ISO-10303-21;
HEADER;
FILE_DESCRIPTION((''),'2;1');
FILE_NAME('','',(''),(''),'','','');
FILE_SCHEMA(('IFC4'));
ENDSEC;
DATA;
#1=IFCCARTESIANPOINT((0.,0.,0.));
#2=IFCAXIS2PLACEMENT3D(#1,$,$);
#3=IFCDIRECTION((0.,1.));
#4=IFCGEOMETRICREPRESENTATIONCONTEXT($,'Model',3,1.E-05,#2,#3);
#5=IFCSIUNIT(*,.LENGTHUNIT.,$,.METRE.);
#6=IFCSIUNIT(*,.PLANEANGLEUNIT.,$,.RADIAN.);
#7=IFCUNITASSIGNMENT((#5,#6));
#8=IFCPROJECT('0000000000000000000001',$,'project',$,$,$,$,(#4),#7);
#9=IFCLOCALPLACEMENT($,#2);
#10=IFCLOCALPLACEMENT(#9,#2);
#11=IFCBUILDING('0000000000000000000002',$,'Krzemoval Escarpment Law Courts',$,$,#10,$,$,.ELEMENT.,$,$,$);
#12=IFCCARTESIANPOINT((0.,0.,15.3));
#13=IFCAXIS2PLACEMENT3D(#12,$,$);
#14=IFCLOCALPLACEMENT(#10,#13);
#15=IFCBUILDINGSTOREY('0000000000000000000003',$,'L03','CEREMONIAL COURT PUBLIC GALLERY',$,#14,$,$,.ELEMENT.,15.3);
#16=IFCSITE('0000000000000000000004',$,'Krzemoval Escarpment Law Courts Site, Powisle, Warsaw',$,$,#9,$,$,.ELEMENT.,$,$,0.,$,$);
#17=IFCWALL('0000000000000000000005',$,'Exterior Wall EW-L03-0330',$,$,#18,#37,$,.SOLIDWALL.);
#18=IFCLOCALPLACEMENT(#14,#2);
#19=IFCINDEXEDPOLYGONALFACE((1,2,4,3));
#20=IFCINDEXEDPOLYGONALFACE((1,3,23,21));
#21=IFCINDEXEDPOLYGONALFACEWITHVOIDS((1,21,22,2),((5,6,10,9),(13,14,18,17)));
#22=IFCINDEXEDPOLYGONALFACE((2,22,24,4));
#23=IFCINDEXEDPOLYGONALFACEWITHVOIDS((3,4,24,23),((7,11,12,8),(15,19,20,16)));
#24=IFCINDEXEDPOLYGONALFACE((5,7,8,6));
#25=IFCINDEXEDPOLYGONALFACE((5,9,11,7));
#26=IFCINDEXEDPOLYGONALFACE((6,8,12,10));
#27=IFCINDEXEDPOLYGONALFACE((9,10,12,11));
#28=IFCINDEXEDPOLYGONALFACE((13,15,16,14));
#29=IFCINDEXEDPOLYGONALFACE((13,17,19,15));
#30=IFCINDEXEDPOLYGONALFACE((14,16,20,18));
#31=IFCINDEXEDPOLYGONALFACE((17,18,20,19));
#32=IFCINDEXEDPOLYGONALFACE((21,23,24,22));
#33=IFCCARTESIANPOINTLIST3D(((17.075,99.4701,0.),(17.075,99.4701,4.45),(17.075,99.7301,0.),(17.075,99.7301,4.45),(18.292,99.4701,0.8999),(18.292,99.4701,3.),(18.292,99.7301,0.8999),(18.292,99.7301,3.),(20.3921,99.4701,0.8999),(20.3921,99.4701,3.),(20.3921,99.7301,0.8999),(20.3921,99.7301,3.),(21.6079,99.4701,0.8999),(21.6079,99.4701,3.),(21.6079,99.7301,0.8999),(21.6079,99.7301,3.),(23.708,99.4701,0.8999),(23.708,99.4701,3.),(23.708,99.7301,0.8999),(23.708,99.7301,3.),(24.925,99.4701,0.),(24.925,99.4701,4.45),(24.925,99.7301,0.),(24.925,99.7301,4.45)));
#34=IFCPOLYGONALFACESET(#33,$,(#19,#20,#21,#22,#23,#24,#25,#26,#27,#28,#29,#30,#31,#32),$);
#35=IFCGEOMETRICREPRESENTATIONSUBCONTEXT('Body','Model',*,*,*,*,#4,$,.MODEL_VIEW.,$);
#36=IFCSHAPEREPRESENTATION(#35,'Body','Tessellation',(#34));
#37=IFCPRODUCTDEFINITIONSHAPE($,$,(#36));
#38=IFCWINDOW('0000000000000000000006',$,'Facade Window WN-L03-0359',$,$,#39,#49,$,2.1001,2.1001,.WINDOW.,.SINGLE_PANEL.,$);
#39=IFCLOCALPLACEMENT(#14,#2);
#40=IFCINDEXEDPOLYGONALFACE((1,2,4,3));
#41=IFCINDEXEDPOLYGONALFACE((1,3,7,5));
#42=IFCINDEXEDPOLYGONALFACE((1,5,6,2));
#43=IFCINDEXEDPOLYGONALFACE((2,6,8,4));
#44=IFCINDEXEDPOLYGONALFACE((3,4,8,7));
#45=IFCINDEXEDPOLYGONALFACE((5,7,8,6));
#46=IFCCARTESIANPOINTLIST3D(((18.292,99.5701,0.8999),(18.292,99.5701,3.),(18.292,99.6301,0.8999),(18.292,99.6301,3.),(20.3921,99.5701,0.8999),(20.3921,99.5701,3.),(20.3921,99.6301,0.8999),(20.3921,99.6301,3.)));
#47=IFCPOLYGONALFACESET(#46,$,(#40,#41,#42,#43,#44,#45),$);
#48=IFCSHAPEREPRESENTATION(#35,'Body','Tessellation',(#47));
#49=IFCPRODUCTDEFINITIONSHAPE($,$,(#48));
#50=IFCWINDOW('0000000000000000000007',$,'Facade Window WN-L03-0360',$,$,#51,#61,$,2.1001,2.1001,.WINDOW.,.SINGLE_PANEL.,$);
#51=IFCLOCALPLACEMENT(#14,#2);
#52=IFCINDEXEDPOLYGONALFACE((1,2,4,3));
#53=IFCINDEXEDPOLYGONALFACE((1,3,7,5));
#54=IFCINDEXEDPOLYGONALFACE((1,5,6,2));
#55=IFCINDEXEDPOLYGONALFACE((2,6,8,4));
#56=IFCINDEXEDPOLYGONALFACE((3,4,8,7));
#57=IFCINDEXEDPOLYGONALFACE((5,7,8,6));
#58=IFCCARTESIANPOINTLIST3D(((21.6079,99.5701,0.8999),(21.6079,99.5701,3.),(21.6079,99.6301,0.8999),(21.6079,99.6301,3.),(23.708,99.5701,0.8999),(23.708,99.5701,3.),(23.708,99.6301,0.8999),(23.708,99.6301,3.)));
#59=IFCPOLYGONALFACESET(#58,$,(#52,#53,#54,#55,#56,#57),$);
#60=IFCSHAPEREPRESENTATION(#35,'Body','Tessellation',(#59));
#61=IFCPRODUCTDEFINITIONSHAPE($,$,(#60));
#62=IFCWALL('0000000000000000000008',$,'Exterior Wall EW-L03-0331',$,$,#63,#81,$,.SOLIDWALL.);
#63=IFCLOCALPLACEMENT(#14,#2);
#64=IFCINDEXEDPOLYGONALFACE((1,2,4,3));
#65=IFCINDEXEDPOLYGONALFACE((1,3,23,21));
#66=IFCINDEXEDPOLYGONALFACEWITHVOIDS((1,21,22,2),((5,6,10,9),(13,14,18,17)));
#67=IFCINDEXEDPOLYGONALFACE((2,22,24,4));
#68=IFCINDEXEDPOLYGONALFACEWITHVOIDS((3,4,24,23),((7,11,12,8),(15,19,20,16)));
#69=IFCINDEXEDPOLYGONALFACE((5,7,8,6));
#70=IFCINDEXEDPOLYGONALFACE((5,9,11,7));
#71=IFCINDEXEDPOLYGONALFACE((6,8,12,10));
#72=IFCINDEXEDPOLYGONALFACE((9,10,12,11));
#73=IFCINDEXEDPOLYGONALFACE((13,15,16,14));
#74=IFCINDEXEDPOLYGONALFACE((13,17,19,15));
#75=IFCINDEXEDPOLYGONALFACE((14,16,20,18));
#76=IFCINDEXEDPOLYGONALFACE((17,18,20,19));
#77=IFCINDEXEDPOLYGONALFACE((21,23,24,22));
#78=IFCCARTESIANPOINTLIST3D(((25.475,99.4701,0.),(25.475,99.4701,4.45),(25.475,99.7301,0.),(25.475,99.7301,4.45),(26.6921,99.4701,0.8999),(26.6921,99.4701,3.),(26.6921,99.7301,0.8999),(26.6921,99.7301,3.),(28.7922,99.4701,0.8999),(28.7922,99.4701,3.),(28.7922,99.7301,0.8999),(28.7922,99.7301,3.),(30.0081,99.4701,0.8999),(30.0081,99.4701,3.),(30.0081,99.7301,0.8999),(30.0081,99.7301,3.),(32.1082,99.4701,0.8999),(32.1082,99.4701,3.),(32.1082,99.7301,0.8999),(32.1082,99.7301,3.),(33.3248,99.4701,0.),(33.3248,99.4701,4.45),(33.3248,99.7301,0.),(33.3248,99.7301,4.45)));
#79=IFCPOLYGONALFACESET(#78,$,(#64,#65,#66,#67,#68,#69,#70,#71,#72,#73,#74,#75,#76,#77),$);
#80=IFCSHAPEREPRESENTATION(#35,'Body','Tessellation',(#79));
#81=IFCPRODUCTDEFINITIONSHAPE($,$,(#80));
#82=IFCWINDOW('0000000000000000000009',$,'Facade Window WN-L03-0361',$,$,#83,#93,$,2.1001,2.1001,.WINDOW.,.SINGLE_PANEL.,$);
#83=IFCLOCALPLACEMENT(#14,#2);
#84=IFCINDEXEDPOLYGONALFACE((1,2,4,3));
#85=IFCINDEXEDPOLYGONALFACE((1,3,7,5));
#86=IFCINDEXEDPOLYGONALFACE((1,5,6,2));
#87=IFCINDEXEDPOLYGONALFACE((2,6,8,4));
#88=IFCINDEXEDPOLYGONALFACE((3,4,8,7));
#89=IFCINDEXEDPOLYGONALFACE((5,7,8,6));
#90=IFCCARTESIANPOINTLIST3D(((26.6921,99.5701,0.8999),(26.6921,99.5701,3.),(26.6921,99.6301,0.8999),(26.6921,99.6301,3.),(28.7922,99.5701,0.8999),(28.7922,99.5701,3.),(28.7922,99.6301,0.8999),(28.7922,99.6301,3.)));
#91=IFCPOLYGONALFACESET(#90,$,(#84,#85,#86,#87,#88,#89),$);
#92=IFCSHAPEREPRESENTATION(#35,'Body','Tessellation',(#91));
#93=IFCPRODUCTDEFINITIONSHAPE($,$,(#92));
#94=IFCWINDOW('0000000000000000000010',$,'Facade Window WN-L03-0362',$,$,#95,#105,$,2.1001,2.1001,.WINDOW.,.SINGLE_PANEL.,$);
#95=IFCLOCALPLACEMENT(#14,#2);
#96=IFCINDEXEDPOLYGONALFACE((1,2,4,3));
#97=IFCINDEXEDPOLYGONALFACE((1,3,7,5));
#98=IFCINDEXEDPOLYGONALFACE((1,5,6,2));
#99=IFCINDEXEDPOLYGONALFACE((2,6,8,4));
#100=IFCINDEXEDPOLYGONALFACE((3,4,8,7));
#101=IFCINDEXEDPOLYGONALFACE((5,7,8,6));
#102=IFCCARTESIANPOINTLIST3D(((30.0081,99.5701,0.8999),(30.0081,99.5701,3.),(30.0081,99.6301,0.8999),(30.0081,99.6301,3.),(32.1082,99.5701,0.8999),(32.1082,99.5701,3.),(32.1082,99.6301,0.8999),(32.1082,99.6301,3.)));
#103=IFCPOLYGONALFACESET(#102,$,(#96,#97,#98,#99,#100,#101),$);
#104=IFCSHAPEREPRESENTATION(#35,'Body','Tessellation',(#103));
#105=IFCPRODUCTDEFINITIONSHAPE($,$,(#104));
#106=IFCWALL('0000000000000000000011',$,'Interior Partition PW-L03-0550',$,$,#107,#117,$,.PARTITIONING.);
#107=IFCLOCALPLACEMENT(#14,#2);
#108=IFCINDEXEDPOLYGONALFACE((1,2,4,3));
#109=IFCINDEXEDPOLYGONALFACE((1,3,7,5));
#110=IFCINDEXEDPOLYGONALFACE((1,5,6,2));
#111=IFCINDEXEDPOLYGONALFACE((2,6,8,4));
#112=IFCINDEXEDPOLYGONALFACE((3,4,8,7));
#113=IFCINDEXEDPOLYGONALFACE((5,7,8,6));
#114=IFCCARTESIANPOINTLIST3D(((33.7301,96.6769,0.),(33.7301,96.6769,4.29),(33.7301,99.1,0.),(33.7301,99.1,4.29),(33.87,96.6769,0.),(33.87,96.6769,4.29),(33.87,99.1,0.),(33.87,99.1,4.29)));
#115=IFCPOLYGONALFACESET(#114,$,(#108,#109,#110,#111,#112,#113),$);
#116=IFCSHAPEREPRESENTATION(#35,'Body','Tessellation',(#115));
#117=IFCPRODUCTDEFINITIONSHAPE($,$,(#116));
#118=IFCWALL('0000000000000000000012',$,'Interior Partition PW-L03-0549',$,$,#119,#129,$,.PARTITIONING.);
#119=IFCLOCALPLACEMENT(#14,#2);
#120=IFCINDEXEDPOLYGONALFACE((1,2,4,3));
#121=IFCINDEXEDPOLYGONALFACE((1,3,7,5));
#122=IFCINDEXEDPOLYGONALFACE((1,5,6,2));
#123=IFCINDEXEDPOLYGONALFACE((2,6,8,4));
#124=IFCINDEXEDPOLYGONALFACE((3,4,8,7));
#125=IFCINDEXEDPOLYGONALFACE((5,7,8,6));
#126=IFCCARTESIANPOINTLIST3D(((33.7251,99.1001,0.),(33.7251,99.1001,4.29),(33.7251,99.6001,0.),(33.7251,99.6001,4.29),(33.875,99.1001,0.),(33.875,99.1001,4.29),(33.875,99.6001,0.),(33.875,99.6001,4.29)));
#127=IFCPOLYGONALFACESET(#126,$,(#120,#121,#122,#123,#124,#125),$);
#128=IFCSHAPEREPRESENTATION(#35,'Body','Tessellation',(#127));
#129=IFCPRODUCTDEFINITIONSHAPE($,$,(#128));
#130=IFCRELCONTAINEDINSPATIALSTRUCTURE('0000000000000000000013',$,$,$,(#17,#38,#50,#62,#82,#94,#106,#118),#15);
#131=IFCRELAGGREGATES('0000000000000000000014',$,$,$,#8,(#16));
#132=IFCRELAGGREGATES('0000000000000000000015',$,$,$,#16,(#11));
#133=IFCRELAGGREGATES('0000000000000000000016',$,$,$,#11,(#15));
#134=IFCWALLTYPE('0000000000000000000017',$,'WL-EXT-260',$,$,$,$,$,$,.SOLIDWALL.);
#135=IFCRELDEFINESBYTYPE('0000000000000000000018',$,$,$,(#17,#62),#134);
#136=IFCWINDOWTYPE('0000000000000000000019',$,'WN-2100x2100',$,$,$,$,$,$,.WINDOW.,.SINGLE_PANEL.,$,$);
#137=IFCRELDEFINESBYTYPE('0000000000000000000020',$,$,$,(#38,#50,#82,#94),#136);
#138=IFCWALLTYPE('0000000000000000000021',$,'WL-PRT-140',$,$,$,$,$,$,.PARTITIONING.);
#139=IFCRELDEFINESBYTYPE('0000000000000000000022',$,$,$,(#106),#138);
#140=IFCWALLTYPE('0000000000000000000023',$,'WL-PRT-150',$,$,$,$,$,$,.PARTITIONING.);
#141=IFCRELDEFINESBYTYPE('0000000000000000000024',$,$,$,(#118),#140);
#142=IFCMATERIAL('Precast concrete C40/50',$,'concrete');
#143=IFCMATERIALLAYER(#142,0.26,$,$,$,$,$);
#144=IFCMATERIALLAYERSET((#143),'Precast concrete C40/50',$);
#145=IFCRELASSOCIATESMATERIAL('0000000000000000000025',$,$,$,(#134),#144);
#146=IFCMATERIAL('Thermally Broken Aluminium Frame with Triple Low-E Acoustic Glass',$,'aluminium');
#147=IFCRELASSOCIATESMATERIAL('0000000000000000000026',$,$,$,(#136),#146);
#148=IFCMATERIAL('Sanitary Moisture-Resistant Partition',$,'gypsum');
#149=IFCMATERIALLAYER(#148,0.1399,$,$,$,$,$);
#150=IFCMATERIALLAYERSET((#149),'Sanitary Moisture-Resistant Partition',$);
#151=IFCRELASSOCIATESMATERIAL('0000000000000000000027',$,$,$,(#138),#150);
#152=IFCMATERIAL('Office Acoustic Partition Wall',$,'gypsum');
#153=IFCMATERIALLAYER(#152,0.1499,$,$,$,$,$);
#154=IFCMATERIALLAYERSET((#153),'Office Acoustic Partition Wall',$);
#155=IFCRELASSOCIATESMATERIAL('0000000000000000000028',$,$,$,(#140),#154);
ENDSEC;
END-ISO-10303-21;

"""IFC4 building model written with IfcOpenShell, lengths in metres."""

from ifc_helpers import new_model, si_unit, direction, frame, frame_2d, origin, place, context, subcontext, project, spatial, rectangle, extrude, material, layer, layer_set, type_object, element, fill, save


model = new_model("IFC4")

# Units and contexts
model_context = context("Model", 3, precision=1e-05, world=origin(), true_north=direction((0.0, 1.0)))
body_context = subcontext(model_context, "Body", "Model", "MODEL_VIEW")
ifc_project = project(units=[si_unit("LENGTHUNIT", "METRE"), si_unit("PLANEANGLEUNIT", "RADIAN")], contexts=[model_context])

# Site, building, storey
site_placement = place(None, origin())
site = spatial("IfcSite", under=ifc_project, at=site_placement, Name="Krzemoval Escarpment Law Courts Site, Powisle, Warsaw", CompositionType="ELEMENT", RefElevation=0.0)
building_placement = place(site_placement, origin())
building = spatial("IfcBuilding", under=site, at=building_placement, Name="Krzemoval Escarpment Law Courts", CompositionType="ELEMENT")
storey_placement = place(building_placement, frame((0.0, 0.0, 15.3)))
storey = spatial("IfcBuildingStorey", under=building, at=storey_placement, Name="L03", Description="CEREMONIAL COURT PUBLIC GALLERY", CompositionType="ELEMENT", Elevation=15.3)

# Walls, openings, windows
ifc_material_1 = material(Name="Precast concrete C40/50", Category="concrete")
ifc_layer_1 = layer(ifc_material_1, 0.26)
ifc_layer_set_1 = layer_set([ifc_layer_1], Name="Precast concrete C40/50")
wall_type_1 = type_object("IfcWallType", Name="WL-EXT-260", PredefinedType="SOLIDWALL", material=ifc_layer_set_1)
wall_1_placement = place(storey_placement, frame((17.075, 99.6001, 0.0), z_axis=(0.0, 0.0, 1.0), x_axis=(1.0, 0.0, 0.0)))
wall_1 = element("IfcWall", 1, at=wall_1_placement, inside=storey, type_object=wall_type_1, Name="Exterior Wall EW-L03-0330", PredefinedType="SOLIDWALL", context=body_context, shape_type="SweptSolid", body=[
    extrude(rectangle(XDim=7.8501, YDim=0.26, at=frame_2d((3.925, 0.0))), origin(), (0.0, 0.0, 1.0), 4.45),
])
opening_1_placement = place(wall_1_placement, frame((1.217, 0.0, 0.8999)))
opening_1 = element("IfcOpeningElement", 2, at=opening_1_placement, cuts=wall_1, PredefinedType="OPENING", context=body_context, shape_type="SweptSolid", body=[
    extrude(rectangle(XDim=2.1001, YDim=2.1001, at=frame_2d((1.05, 1.05))), frame((0.0, 0.145, 0.0), z_axis=(0.0, -1.0, 0.0), x_axis=(1.0, 0.0, 0.0)), (0.0, 0.0, 1.0), 0.29),
])
opening_2_placement = place(wall_1_placement, frame((4.533, 0.0, 0.8999)))
opening_2 = element("IfcOpeningElement", 3, at=opening_2_placement, cuts=wall_1, PredefinedType="OPENING", context=body_context, shape_type="SweptSolid", body=[
    extrude(rectangle(XDim=2.1001, YDim=2.1001, at=frame_2d((1.05, 1.05))), frame((0.0, 0.145, 0.0), z_axis=(0.0, -1.0, 0.0), x_axis=(1.0, 0.0, 0.0)), (0.0, 0.0, 1.0), 0.29),
])
ifc_material_2 = material(Name="Thermally Broken Aluminium Frame with Triple Low-E Acoustic Glass", Category="aluminium")
window_type = type_object("IfcWindowType", Name="WN-2100x2100", PartitioningType="SINGLE_PANEL", PredefinedType="WINDOW", material=ifc_material_2)
window_1_placement = place(opening_1_placement, origin())
window_1 = element("IfcWindow", 4, at=window_1_placement, inside=storey, type_object=window_type, Name="Facade Window WN-L03-0359", OverallHeight=2.1001, OverallWidth=2.1001, PartitioningType="SINGLE_PANEL", PredefinedType="WINDOW", context=body_context, shape_type="SweptSolid", body=[
    extrude(rectangle(XDim=2.1001, YDim=2.1001, at=frame_2d((1.05, 1.05))), frame((0.0, 0.03, 0.0), z_axis=(0.0, -1.0, 0.0), x_axis=(1.0, 0.0, 0.0)), (0.0, 0.0, 1.0), 0.0601),
])
fill(opening_1, window_1)
window_2_placement = place(opening_2_placement, origin())
window_2 = element("IfcWindow", 5, at=window_2_placement, inside=storey, type_object=window_type, Name="Facade Window WN-L03-0360", OverallHeight=2.1001, OverallWidth=2.1001, PartitioningType="SINGLE_PANEL", PredefinedType="WINDOW", context=body_context, shape_type="SweptSolid", body=[
    extrude(rectangle(XDim=2.1001, YDim=2.1001, at=frame_2d((1.05, 1.05))), frame((0.0, 0.03, 0.0), z_axis=(0.0, -1.0, 0.0), x_axis=(1.0, 0.0, 0.0)), (0.0, 0.0, 1.0), 0.0601),
])
fill(opening_2, window_2)
wall_2_placement = place(storey_placement, frame((25.4751, 99.6001, 0.0), z_axis=(0.0, 0.0, 1.0), x_axis=(1.0, 0.0, 0.0)))
wall_2 = element("IfcWall", 6, at=wall_2_placement, inside=storey, type_object=wall_type_1, Name="Exterior Wall EW-L03-0331", PredefinedType="SOLIDWALL", context=body_context, shape_type="SweptSolid", body=[
    extrude(rectangle(XDim=7.8499, YDim=0.26, at=frame_2d((3.9248, 0.0))), origin(), (0.0, 0.0, 1.0), 4.45),
])
opening_3_placement = place(wall_2_placement, frame((1.217, 0.0, 0.8999)))
opening_3 = element("IfcOpeningElement", 7, at=opening_3_placement, cuts=wall_2, PredefinedType="OPENING", context=body_context, shape_type="SweptSolid", body=[
    extrude(rectangle(XDim=2.1001, YDim=2.1001, at=frame_2d((1.05, 1.05))), frame((0.0, 0.145, 0.0), z_axis=(0.0, -1.0, 0.0), x_axis=(1.0, 0.0, 0.0)), (0.0, 0.0, 1.0), 0.29),
])
opening_4_placement = place(wall_2_placement, frame((4.533, 0.0, 0.8999)))
opening_4 = element("IfcOpeningElement", 8, at=opening_4_placement, cuts=wall_2, PredefinedType="OPENING", context=body_context, shape_type="SweptSolid", body=[
    extrude(rectangle(XDim=2.1001, YDim=2.1001, at=frame_2d((1.05, 1.05))), frame((0.0, 0.145, 0.0), z_axis=(0.0, -1.0, 0.0), x_axis=(1.0, 0.0, 0.0)), (0.0, 0.0, 1.0), 0.29),
])
window_3_placement = place(opening_3_placement, origin())
window_3 = element("IfcWindow", 9, at=window_3_placement, inside=storey, type_object=window_type, Name="Facade Window WN-L03-0361", OverallHeight=2.1001, OverallWidth=2.1001, PartitioningType="SINGLE_PANEL", PredefinedType="WINDOW", context=body_context, shape_type="SweptSolid", body=[
    extrude(rectangle(XDim=2.1001, YDim=2.1001, at=frame_2d((1.05, 1.05))), frame((0.0, 0.03, 0.0), z_axis=(0.0, -1.0, 0.0), x_axis=(1.0, 0.0, 0.0)), (0.0, 0.0, 1.0), 0.0601),
])
fill(opening_3, window_3)
window_4_placement = place(opening_4_placement, origin())
window_4 = element("IfcWindow", 10, at=window_4_placement, inside=storey, type_object=window_type, Name="Facade Window WN-L03-0362", OverallHeight=2.1001, OverallWidth=2.1001, PartitioningType="SINGLE_PANEL", PredefinedType="WINDOW", context=body_context, shape_type="SweptSolid", body=[
    extrude(rectangle(XDim=2.1001, YDim=2.1001, at=frame_2d((1.05, 1.05))), frame((0.0, 0.03, 0.0), z_axis=(0.0, -1.0, 0.0), x_axis=(1.0, 0.0, 0.0)), (0.0, 0.0, 1.0), 0.0601),
])
fill(opening_4, window_4)

# Walls
ifc_material_3 = material(Name="Sanitary Moisture-Resistant Partition", Category="gypsum")
ifc_layer_2 = layer(ifc_material_3, 0.1399)
ifc_layer_set_2 = layer_set([ifc_layer_2], Name="Sanitary Moisture-Resistant Partition")
wall_type_2 = type_object("IfcWallType", Name="WL-PRT-140", PredefinedType="PARTITIONING", material=ifc_layer_set_2)
wall_3_placement = place(storey_placement, frame((33.8, 96.677, 0.0), z_axis=(0.0, 0.0, 1.0), x_axis=(0.0, 1.0, 0.0)))
element("IfcWall", 11, at=wall_3_placement, inside=storey, type_object=wall_type_2, Name="Interior Partition PW-L03-0550", PredefinedType="PARTITIONING", context=body_context, shape_type="SweptSolid", body=[
    extrude(rectangle(XDim=2.4231, YDim=0.1399, at=frame_2d((1.2114, 0.0))), origin(), (0.0, 0.0, 1.0), 4.29),
])
ifc_material_4 = material(Name="Office Acoustic Partition Wall", Category="gypsum")
ifc_layer_3 = layer(ifc_material_4, 0.1499)
ifc_layer_set_3 = layer_set([ifc_layer_3], Name="Office Acoustic Partition Wall")
wall_type_3 = type_object("IfcWallType", Name="WL-PRT-150", PredefinedType="PARTITIONING", material=ifc_layer_set_3)
wall_4_placement = place(storey_placement, frame((33.8, 99.1001, 0.0), z_axis=(0.0, 0.0, 1.0), x_axis=(0.0, 1.0, 0.0)))
element("IfcWall", 12, at=wall_4_placement, inside=storey, type_object=wall_type_3, Name="Interior Partition PW-L03-0549", PredefinedType="PARTITIONING", context=body_context, shape_type="SweptSolid", body=[
    extrude(rectangle(XDim=0.5, YDim=0.1499, at=frame_2d((0.25, 0.0))), origin(), (0.0, 0.0, 1.0), 4.29),
])

save(model, "model.ifc")
